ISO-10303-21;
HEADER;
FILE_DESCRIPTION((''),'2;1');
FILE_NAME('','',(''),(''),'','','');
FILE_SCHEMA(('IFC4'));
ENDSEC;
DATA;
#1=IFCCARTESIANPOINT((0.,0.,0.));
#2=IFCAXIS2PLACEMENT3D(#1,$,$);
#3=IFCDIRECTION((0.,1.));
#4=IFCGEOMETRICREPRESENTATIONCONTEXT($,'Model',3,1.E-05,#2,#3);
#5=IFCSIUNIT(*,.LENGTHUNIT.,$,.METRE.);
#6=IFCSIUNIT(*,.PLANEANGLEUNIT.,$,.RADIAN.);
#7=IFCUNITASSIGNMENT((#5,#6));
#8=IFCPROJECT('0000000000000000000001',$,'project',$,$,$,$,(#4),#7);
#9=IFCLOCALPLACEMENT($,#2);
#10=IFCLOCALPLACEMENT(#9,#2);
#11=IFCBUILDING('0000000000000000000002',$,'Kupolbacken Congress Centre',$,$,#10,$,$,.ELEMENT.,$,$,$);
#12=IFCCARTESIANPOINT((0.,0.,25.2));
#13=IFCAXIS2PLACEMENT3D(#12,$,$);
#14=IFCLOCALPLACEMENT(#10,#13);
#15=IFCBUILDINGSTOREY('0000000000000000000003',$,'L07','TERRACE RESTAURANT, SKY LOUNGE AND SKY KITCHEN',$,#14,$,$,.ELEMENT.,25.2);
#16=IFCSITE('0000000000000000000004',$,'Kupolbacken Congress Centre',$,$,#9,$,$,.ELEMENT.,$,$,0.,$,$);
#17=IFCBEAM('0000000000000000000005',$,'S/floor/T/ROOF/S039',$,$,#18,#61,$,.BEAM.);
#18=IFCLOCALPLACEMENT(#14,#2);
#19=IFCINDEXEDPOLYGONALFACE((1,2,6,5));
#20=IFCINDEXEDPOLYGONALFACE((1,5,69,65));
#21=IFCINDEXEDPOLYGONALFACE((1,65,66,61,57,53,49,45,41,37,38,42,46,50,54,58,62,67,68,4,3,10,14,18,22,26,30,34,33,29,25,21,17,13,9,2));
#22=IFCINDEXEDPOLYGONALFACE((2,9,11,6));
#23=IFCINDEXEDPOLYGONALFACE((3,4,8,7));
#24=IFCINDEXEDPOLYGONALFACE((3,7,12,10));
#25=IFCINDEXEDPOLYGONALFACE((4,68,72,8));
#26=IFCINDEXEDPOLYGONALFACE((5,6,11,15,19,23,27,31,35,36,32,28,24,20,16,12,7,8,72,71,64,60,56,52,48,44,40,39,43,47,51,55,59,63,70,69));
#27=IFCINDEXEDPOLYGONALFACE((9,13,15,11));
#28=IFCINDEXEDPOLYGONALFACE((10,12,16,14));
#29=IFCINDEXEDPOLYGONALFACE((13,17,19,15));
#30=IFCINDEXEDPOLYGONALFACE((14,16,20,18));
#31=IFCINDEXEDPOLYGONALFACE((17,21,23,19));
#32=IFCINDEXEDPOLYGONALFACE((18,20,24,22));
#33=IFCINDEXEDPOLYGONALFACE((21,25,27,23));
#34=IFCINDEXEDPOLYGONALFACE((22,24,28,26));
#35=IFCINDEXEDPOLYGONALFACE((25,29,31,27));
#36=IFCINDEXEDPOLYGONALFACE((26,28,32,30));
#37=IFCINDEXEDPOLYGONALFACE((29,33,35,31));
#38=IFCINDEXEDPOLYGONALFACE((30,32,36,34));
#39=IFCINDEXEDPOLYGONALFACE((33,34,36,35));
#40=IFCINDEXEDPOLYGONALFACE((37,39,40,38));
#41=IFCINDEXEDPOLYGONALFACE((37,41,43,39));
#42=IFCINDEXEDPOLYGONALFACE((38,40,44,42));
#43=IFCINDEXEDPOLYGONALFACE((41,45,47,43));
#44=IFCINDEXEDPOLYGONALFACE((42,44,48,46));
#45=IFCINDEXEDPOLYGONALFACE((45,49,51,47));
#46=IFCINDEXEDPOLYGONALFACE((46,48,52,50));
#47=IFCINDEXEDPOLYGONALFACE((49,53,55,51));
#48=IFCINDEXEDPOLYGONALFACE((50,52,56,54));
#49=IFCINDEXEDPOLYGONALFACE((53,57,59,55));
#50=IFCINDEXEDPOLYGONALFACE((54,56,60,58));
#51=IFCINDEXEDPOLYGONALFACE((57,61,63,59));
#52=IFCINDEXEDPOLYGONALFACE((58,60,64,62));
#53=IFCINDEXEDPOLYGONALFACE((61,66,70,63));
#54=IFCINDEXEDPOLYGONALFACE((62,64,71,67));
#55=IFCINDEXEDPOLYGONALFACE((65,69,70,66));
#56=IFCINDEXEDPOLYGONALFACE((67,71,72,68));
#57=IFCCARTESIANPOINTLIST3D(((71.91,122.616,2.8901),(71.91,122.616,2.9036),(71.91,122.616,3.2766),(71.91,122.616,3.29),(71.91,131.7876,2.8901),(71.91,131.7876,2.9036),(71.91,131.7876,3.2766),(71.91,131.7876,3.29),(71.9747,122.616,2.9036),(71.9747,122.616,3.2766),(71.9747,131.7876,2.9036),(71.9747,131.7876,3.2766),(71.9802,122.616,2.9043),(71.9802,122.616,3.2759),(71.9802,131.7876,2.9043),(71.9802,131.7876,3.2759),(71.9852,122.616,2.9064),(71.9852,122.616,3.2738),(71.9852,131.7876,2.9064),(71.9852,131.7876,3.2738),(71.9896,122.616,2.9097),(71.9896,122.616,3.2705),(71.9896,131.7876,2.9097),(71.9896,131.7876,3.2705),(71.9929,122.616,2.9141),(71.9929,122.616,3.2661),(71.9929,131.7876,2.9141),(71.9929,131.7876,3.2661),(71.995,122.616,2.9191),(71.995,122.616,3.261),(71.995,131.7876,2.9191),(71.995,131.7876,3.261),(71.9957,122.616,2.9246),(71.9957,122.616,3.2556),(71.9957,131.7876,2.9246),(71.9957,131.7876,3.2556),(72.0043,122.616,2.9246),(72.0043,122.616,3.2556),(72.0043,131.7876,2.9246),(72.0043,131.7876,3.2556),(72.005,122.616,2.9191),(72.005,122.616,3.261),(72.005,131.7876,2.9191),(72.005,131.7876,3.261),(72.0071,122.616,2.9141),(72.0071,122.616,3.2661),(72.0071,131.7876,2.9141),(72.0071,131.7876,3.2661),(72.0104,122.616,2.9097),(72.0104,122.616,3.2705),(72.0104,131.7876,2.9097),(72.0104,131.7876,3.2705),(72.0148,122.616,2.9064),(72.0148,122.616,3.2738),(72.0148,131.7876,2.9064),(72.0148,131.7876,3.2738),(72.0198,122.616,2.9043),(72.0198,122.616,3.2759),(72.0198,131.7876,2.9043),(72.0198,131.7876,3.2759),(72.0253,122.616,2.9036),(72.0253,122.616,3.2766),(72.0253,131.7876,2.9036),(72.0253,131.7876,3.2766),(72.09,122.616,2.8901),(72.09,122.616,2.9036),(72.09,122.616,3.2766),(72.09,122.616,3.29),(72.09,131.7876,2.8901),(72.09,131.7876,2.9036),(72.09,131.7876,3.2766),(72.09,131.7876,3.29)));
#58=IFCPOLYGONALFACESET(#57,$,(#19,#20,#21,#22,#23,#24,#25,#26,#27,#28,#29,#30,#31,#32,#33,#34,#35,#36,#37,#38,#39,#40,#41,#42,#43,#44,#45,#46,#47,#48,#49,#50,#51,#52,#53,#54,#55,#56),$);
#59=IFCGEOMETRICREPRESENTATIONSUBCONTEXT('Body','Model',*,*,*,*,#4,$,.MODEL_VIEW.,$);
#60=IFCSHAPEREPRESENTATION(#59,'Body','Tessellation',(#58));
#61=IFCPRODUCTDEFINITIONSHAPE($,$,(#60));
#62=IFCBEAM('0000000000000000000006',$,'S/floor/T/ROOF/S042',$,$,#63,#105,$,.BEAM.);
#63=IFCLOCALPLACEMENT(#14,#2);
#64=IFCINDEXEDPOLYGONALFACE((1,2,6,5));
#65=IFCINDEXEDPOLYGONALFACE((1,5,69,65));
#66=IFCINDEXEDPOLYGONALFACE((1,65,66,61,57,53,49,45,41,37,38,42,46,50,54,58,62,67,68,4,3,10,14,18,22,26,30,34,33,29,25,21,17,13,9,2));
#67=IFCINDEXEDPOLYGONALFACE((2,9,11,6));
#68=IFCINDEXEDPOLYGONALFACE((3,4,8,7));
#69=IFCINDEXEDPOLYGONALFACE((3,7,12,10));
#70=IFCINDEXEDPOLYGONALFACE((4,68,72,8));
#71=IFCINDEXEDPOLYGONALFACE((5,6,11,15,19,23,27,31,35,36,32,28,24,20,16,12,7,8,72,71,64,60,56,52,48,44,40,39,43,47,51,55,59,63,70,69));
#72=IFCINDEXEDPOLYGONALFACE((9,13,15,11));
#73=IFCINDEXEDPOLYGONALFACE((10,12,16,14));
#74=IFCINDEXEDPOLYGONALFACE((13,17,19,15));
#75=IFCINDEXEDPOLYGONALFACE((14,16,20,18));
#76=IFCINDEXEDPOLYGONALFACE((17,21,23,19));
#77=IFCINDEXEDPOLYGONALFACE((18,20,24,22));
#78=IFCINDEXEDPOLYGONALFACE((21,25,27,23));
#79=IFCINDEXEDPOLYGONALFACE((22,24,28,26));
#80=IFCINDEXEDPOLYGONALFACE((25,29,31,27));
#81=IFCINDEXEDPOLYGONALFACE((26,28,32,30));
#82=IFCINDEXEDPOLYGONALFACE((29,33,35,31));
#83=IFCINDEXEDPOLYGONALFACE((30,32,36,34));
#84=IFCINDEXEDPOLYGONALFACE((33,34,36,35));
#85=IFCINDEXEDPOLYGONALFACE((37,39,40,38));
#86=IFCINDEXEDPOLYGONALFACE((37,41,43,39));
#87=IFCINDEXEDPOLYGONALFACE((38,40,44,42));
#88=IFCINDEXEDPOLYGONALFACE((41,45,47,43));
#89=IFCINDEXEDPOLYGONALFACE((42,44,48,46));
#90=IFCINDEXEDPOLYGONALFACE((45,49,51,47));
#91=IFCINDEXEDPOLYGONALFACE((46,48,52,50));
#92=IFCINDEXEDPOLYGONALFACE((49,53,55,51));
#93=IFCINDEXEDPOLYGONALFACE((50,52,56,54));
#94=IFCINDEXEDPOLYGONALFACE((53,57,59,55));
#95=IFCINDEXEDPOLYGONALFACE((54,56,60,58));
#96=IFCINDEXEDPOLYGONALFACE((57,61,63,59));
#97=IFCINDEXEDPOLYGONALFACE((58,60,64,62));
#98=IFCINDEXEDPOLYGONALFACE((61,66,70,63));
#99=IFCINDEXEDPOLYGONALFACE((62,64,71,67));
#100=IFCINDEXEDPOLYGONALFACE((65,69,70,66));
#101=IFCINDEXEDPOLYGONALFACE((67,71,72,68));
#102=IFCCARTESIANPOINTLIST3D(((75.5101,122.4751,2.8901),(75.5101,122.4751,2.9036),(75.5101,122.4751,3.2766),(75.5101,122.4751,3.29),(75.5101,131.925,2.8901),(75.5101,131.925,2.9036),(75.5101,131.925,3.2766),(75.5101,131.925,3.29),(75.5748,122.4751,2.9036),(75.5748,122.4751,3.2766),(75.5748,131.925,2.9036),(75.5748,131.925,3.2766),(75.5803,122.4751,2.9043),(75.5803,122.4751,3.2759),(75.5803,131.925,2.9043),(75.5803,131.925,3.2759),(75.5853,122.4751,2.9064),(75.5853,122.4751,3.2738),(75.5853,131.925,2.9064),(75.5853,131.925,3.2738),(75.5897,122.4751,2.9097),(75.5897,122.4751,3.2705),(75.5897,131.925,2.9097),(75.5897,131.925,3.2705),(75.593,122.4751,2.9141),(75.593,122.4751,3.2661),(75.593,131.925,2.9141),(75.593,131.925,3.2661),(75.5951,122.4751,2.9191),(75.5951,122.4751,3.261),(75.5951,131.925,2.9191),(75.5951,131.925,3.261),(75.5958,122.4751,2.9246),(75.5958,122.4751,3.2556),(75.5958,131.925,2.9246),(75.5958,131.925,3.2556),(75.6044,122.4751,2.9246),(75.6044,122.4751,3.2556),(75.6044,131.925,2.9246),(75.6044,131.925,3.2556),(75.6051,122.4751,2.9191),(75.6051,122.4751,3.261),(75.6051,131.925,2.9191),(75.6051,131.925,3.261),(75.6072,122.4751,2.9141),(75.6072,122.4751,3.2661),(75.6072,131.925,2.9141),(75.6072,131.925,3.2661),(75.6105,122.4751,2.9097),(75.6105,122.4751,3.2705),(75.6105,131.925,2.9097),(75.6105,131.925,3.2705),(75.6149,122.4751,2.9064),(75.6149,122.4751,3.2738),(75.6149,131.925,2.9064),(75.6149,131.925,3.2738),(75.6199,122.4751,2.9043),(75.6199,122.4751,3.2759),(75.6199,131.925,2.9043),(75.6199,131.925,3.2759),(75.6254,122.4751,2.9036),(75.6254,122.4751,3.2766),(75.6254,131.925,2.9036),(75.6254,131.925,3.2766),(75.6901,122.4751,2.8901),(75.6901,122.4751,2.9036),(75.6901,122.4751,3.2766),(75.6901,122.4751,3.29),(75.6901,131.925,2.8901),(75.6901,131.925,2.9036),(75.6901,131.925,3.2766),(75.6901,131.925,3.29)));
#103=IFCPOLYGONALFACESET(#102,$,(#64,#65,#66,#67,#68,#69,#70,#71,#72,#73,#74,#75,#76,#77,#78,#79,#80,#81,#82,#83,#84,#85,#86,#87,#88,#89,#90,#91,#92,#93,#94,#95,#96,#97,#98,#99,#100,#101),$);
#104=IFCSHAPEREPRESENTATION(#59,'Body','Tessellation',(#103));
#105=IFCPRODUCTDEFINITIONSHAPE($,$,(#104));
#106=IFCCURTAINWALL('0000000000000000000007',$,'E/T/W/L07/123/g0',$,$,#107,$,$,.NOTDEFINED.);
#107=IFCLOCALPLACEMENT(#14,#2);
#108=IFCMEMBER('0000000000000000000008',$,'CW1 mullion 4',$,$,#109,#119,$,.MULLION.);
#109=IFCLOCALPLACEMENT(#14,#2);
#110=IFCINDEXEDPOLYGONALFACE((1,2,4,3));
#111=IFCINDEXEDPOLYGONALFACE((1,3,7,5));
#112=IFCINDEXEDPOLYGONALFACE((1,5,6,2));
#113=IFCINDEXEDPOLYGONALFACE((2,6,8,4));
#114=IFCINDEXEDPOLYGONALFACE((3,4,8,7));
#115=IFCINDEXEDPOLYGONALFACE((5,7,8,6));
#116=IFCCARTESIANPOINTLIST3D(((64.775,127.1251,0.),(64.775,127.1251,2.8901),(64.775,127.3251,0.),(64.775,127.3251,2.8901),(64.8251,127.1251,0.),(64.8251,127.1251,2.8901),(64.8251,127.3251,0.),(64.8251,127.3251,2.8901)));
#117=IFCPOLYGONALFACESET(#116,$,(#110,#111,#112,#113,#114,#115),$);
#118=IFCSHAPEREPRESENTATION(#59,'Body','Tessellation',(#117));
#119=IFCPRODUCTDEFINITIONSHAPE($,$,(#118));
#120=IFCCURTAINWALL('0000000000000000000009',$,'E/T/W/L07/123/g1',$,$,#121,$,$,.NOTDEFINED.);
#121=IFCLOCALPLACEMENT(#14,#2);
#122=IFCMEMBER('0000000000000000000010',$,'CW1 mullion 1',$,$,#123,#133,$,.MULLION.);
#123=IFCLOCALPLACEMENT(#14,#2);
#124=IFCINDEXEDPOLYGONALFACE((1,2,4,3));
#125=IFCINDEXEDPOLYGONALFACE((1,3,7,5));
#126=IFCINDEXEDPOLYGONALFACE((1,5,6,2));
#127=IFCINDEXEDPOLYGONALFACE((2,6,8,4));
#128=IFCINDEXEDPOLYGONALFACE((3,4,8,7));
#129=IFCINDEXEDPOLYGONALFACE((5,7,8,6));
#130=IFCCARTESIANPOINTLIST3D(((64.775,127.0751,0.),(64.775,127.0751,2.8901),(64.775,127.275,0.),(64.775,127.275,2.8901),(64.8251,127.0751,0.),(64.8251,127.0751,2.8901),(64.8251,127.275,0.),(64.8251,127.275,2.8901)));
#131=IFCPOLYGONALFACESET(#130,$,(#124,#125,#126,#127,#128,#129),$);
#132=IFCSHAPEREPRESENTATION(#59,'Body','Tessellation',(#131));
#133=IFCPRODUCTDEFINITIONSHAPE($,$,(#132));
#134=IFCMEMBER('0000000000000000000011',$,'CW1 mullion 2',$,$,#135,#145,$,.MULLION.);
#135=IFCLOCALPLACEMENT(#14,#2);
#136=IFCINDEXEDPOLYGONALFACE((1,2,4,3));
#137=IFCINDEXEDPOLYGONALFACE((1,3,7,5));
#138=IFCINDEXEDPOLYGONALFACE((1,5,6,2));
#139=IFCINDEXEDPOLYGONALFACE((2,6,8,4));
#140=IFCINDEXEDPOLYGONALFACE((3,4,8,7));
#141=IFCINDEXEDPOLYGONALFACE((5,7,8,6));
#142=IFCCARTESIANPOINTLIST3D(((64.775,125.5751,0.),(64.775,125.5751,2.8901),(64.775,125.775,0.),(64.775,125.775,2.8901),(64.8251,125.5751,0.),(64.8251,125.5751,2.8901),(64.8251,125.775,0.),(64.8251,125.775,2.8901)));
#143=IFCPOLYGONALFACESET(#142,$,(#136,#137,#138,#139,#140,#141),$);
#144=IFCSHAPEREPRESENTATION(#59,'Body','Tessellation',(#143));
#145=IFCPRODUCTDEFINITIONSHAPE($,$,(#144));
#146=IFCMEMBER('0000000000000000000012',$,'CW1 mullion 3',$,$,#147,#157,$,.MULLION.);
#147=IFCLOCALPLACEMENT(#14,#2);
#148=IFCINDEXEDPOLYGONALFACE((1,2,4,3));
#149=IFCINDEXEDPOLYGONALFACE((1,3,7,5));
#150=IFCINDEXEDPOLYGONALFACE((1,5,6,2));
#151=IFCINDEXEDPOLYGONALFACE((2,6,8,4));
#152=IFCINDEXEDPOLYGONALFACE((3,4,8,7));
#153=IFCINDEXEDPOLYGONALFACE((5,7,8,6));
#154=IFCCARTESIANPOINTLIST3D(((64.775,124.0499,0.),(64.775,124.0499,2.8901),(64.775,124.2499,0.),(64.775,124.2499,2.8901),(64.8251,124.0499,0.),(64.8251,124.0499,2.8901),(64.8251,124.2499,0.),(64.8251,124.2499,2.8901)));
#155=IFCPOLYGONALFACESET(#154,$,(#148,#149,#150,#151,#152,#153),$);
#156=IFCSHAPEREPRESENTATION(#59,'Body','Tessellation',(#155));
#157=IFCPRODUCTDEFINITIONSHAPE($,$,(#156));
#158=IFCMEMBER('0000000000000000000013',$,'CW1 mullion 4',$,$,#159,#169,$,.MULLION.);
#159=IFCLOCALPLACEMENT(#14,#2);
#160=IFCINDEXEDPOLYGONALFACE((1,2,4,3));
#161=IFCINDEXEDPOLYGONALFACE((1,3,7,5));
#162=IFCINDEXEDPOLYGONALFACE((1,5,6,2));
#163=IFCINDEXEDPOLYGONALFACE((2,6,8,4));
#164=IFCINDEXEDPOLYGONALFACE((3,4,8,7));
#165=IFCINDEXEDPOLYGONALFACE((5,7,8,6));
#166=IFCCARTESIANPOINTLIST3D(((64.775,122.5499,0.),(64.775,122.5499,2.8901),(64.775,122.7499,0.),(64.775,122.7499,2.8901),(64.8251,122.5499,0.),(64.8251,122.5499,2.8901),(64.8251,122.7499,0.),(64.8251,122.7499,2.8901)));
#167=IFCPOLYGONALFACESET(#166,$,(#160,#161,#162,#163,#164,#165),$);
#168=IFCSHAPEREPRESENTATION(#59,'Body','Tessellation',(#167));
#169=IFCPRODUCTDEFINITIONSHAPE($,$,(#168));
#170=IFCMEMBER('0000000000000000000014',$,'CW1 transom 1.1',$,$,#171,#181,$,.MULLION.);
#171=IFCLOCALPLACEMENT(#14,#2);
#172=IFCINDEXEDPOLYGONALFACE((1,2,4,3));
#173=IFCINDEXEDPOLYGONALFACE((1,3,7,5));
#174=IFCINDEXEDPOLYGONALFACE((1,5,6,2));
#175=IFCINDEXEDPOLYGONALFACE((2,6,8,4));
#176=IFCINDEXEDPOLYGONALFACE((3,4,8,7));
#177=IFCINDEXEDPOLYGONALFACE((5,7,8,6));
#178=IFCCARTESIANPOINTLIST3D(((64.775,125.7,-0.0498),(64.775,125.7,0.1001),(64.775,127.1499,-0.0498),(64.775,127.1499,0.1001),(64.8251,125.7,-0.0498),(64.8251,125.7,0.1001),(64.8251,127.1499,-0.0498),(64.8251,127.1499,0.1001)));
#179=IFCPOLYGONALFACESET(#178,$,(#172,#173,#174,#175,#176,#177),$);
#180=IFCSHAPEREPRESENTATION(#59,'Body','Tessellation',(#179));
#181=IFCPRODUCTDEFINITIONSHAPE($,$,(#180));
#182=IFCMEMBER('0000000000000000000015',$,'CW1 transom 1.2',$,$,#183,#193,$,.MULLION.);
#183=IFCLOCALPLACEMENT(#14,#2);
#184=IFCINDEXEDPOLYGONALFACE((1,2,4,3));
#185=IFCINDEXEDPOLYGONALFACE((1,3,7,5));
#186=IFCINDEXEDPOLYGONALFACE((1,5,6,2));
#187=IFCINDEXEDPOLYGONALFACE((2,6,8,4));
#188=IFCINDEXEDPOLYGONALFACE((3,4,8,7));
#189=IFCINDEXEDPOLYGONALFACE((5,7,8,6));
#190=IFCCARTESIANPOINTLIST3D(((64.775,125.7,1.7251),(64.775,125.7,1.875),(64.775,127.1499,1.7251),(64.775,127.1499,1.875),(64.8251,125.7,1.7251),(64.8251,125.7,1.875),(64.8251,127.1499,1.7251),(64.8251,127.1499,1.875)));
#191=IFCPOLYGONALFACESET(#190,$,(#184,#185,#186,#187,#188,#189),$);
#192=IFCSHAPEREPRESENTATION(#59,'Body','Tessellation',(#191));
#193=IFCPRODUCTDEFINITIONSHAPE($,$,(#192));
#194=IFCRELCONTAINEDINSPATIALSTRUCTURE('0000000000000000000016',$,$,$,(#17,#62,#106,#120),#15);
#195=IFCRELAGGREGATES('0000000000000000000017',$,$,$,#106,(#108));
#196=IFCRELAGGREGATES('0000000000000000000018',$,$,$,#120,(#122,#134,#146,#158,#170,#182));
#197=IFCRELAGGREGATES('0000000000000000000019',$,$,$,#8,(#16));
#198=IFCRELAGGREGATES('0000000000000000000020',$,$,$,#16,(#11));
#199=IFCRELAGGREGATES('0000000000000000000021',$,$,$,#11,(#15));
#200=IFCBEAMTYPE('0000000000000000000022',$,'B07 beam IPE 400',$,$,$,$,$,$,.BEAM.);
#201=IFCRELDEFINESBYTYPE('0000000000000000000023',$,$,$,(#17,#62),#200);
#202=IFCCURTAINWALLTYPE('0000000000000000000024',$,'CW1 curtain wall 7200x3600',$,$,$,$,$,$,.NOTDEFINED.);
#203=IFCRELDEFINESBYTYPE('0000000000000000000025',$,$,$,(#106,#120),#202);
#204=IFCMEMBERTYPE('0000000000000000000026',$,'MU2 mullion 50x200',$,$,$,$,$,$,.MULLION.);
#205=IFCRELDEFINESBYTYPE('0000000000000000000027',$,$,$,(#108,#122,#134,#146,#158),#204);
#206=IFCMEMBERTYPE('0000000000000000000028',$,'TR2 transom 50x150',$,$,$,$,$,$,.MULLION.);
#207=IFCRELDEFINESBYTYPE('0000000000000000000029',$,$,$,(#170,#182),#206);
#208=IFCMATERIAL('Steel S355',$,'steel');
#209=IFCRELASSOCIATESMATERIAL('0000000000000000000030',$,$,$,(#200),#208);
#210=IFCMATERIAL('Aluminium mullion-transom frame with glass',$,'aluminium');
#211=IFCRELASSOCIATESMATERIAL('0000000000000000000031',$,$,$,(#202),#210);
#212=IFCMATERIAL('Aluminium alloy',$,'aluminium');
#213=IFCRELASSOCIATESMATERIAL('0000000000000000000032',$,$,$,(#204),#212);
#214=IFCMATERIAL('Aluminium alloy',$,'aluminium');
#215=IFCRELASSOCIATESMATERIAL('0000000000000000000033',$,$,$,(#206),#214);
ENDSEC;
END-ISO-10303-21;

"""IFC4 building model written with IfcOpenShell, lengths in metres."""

from ifc_helpers import new_model, si_unit, direction, frame, origin, origin_2d, place, context, subcontext, project, spatial, rectangle, i_section, extrude, material, material_profile, profile_set, type_object, element, aggregate, save


model = new_model("IFC4")

# Units and contexts
model_context = context("Model", 3, precision=1e-05, world=origin(), true_north=direction((0.0, 1.0)))
body_context = subcontext(model_context, "Body", "Model", "MODEL_VIEW")
ifc_project = project(units=[si_unit("LENGTHUNIT", "METRE"), si_unit("PLANEANGLEUNIT", "RADIAN")], contexts=[model_context])

# Site, building, storey
site_placement = place(None, origin())
site = spatial("IfcSite", under=ifc_project, at=site_placement, Name="Kupolbacken Congress Centre", CompositionType="ELEMENT", RefElevation=0.0)
building_placement = place(site_placement, origin())
building = spatial("IfcBuilding", under=site, at=building_placement, Name="Kupolbacken Congress Centre", CompositionType="ELEMENT")
storey_placement = place(building_placement, frame((0.0, 0.0, 25.2)))
storey = spatial("IfcBuildingStorey", under=building, at=storey_placement, Name="L07", Description="TERRACE RESTAURANT, SKY LOUNGE AND SKY KITCHEN", CompositionType="ELEMENT", Elevation=25.2)

# Beams
ifc_material_1 = material(Name="Steel S355", Category="steel")
ifc_material_profile_1 = material_profile(ifc_material_1, i_section(OverallWidth=0.1799, OverallDepth=0.3999, WebThickness=0.0085, FlangeThickness=0.0134, FilletRadius=0.021, at=origin_2d()), Name="IPE 400")
ifc_profile_set_1 = profile_set([ifc_material_profile_1], Name="Steel S355")
beam_type = type_object("IfcBeamType", Name="B07 beam IPE 400", PredefinedType="BEAM", material=ifc_profile_set_1)
beam_1_placement = place(storey_placement, frame((72.0, 122.616, 3.0901), z_axis=(0.0, 1.0, 0.0), x_axis=(-1.0, 0.0, 0.0)))
element("IfcBeam", 1, at=beam_1_placement, inside=storey, type_object=beam_type, Name="S/floor/T/ROOF/S039", PredefinedType="BEAM", context=body_context, shape_type="SweptSolid", body=[
    extrude(i_section(OverallWidth=0.1799, OverallDepth=0.3999, WebThickness=0.0085, FlangeThickness=0.0134, FilletRadius=0.021, at=origin_2d()), origin(), (0.0, 0.0, 1.0), 9.1716),
])
beam_2_placement = place(storey_placement, frame((75.6001, 122.4751, 3.0901), z_axis=(0.0, 1.0, 0.0), x_axis=(-1.0, 0.0, 0.0)))
element("IfcBeam", 2, at=beam_2_placement, inside=storey, type_object=beam_type, Name="S/floor/T/ROOF/S042", PredefinedType="BEAM", context=body_context, shape_type="SweptSolid", body=[
    extrude(i_section(OverallWidth=0.1799, OverallDepth=0.3999, WebThickness=0.0085, FlangeThickness=0.0134, FilletRadius=0.021, at=origin_2d()), origin(), (0.0, 0.0, 1.0), 9.45),
])

# Curtain wall, member
ifc_material_2 = material(Name="Aluminium mullion-transom frame with glass", Category="aluminium")
curtain_wall_type = type_object("IfcCurtainWallType", Name="CW1 curtain wall 7200x3600", PredefinedType="NOTDEFINED", material=ifc_material_2)
curtain_wall_1_placement = place(storey_placement, origin())
curtain_wall_1 = element("IfcCurtainWall", 3, at=curtain_wall_1_placement, inside=storey, type_object=curtain_wall_type, Name="E/T/W/L07/123/g0", PredefinedType="NOTDEFINED")
ifc_material_3 = material(Name="Aluminium alloy", Category="aluminium")
ifc_material_profile_2 = material_profile(ifc_material_3, rectangle(XDim=0.05, YDim=0.2, at=origin_2d()), Name="50 x 200")
ifc_profile_set_2 = profile_set([ifc_material_profile_2], Name="Aluminium alloy")
member_type_1 = type_object("IfcMemberType", Name="MU2 mullion 50x200", PredefinedType="MULLION", material=ifc_profile_set_2)
member_1_placement = place(storey_placement, frame((64.8, 127.2251, 0.0), z_axis=(0.0, 0.0, 1.0), x_axis=(1.0, 0.0, 0.0)))
member_1 = element("IfcMember", 4, at=member_1_placement, type_object=member_type_1, Name="CW1 mullion 4", PredefinedType="MULLION", context=body_context, shape_type="SweptSolid", body=[
    extrude(rectangle(XDim=0.05, YDim=0.2, at=origin_2d()), origin(), (0.0, 0.0, 1.0), 2.8901),
])

# Curtain wall, members
curtain_wall_2_placement = place(storey_placement, origin())
curtain_wall_2 = element("IfcCurtainWall", 5, at=curtain_wall_2_placement, inside=storey, type_object=curtain_wall_type, Name="E/T/W/L07/123/g1", PredefinedType="NOTDEFINED")
member_2_placement = place(storey_placement, frame((64.8, 127.175, 0.0), z_axis=(0.0, 0.0, 1.0), x_axis=(1.0, 0.0, 0.0)))
member_2 = element("IfcMember", 6, at=member_2_placement, type_object=member_type_1, Name="CW1 mullion 1", PredefinedType="MULLION", context=body_context, shape_type="SweptSolid", body=[
    extrude(rectangle(XDim=0.05, YDim=0.2, at=origin_2d()), origin(), (0.0, 0.0, 1.0), 2.8901),
])
member_3_placement = place(storey_placement, frame((64.8, 125.675, 0.0), z_axis=(0.0, 0.0, 1.0), x_axis=(1.0, 0.0, 0.0)))
member_3 = element("IfcMember", 7, at=member_3_placement, type_object=member_type_1, Name="CW1 mullion 2", PredefinedType="MULLION", context=body_context, shape_type="SweptSolid", body=[
    extrude(rectangle(XDim=0.05, YDim=0.2, at=origin_2d()), origin(), (0.0, 0.0, 1.0), 2.8901),
])
member_4_placement = place(storey_placement, frame((64.8, 124.1499, 0.0), z_axis=(0.0, 0.0, 1.0), x_axis=(1.0, 0.0, 0.0)))
member_4 = element("IfcMember", 8, at=member_4_placement, type_object=member_type_1, Name="CW1 mullion 3", PredefinedType="MULLION", context=body_context, shape_type="SweptSolid", body=[
    extrude(rectangle(XDim=0.05, YDim=0.2, at=origin_2d()), origin(), (0.0, 0.0, 1.0), 2.8901),
])
member_5_placement = place(storey_placement, frame((64.8, 122.6499, 0.0), z_axis=(0.0, 0.0, 1.0), x_axis=(1.0, 0.0, 0.0)))
member_5 = element("IfcMember", 9, at=member_5_placement, type_object=member_type_1, Name="CW1 mullion 4", PredefinedType="MULLION", context=body_context, shape_type="SweptSolid", body=[
    extrude(rectangle(XDim=0.05, YDim=0.2, at=origin_2d()), origin(), (0.0, 0.0, 1.0), 2.8901),
])
ifc_material_4 = material(Name="Aluminium alloy", Category="aluminium")
ifc_material_profile_3 = material_profile(ifc_material_4, rectangle(XDim=0.05, YDim=0.1499, at=origin_2d()), Name="50 x 150")
ifc_profile_set_3 = profile_set([ifc_material_profile_3], Name="Aluminium alloy")
member_type_2 = type_object("IfcMemberType", Name="TR2 transom 50x150", PredefinedType="MULLION", material=ifc_profile_set_3)
member_6_placement = place(storey_placement, frame((64.8, 127.1499, 0.0251), z_axis=(0.0, -1.0, 0.0), x_axis=(1.0, 0.0, 0.0)))
member_6 = element("IfcMember", 10, at=member_6_placement, type_object=member_type_2, Name="CW1 transom 1.1", PredefinedType="MULLION", context=body_context, shape_type="SweptSolid", body=[
    extrude(rectangle(XDim=0.05, YDim=0.1499, at=origin_2d()), origin(), (0.0, 0.0, 1.0), 1.45),
])
member_7_placement = place(storey_placement, frame((64.8, 127.1499, 1.8), z_axis=(0.0, -1.0, 0.0), x_axis=(1.0, 0.0, 0.0)))
member_7 = element("IfcMember", 11, at=member_7_placement, type_object=member_type_2, Name="CW1 transom 1.2", PredefinedType="MULLION", context=body_context, shape_type="SweptSolid", body=[
    extrude(rectangle(XDim=0.05, YDim=0.1499, at=origin_2d()), origin(), (0.0, 0.0, 1.0), 1.45),
])

aggregate(curtain_wall_1, [member_1])
aggregate(curtain_wall_2, [member_2, member_3, member_4, member_5, member_6, member_7])

save(model, "model.ifc")
